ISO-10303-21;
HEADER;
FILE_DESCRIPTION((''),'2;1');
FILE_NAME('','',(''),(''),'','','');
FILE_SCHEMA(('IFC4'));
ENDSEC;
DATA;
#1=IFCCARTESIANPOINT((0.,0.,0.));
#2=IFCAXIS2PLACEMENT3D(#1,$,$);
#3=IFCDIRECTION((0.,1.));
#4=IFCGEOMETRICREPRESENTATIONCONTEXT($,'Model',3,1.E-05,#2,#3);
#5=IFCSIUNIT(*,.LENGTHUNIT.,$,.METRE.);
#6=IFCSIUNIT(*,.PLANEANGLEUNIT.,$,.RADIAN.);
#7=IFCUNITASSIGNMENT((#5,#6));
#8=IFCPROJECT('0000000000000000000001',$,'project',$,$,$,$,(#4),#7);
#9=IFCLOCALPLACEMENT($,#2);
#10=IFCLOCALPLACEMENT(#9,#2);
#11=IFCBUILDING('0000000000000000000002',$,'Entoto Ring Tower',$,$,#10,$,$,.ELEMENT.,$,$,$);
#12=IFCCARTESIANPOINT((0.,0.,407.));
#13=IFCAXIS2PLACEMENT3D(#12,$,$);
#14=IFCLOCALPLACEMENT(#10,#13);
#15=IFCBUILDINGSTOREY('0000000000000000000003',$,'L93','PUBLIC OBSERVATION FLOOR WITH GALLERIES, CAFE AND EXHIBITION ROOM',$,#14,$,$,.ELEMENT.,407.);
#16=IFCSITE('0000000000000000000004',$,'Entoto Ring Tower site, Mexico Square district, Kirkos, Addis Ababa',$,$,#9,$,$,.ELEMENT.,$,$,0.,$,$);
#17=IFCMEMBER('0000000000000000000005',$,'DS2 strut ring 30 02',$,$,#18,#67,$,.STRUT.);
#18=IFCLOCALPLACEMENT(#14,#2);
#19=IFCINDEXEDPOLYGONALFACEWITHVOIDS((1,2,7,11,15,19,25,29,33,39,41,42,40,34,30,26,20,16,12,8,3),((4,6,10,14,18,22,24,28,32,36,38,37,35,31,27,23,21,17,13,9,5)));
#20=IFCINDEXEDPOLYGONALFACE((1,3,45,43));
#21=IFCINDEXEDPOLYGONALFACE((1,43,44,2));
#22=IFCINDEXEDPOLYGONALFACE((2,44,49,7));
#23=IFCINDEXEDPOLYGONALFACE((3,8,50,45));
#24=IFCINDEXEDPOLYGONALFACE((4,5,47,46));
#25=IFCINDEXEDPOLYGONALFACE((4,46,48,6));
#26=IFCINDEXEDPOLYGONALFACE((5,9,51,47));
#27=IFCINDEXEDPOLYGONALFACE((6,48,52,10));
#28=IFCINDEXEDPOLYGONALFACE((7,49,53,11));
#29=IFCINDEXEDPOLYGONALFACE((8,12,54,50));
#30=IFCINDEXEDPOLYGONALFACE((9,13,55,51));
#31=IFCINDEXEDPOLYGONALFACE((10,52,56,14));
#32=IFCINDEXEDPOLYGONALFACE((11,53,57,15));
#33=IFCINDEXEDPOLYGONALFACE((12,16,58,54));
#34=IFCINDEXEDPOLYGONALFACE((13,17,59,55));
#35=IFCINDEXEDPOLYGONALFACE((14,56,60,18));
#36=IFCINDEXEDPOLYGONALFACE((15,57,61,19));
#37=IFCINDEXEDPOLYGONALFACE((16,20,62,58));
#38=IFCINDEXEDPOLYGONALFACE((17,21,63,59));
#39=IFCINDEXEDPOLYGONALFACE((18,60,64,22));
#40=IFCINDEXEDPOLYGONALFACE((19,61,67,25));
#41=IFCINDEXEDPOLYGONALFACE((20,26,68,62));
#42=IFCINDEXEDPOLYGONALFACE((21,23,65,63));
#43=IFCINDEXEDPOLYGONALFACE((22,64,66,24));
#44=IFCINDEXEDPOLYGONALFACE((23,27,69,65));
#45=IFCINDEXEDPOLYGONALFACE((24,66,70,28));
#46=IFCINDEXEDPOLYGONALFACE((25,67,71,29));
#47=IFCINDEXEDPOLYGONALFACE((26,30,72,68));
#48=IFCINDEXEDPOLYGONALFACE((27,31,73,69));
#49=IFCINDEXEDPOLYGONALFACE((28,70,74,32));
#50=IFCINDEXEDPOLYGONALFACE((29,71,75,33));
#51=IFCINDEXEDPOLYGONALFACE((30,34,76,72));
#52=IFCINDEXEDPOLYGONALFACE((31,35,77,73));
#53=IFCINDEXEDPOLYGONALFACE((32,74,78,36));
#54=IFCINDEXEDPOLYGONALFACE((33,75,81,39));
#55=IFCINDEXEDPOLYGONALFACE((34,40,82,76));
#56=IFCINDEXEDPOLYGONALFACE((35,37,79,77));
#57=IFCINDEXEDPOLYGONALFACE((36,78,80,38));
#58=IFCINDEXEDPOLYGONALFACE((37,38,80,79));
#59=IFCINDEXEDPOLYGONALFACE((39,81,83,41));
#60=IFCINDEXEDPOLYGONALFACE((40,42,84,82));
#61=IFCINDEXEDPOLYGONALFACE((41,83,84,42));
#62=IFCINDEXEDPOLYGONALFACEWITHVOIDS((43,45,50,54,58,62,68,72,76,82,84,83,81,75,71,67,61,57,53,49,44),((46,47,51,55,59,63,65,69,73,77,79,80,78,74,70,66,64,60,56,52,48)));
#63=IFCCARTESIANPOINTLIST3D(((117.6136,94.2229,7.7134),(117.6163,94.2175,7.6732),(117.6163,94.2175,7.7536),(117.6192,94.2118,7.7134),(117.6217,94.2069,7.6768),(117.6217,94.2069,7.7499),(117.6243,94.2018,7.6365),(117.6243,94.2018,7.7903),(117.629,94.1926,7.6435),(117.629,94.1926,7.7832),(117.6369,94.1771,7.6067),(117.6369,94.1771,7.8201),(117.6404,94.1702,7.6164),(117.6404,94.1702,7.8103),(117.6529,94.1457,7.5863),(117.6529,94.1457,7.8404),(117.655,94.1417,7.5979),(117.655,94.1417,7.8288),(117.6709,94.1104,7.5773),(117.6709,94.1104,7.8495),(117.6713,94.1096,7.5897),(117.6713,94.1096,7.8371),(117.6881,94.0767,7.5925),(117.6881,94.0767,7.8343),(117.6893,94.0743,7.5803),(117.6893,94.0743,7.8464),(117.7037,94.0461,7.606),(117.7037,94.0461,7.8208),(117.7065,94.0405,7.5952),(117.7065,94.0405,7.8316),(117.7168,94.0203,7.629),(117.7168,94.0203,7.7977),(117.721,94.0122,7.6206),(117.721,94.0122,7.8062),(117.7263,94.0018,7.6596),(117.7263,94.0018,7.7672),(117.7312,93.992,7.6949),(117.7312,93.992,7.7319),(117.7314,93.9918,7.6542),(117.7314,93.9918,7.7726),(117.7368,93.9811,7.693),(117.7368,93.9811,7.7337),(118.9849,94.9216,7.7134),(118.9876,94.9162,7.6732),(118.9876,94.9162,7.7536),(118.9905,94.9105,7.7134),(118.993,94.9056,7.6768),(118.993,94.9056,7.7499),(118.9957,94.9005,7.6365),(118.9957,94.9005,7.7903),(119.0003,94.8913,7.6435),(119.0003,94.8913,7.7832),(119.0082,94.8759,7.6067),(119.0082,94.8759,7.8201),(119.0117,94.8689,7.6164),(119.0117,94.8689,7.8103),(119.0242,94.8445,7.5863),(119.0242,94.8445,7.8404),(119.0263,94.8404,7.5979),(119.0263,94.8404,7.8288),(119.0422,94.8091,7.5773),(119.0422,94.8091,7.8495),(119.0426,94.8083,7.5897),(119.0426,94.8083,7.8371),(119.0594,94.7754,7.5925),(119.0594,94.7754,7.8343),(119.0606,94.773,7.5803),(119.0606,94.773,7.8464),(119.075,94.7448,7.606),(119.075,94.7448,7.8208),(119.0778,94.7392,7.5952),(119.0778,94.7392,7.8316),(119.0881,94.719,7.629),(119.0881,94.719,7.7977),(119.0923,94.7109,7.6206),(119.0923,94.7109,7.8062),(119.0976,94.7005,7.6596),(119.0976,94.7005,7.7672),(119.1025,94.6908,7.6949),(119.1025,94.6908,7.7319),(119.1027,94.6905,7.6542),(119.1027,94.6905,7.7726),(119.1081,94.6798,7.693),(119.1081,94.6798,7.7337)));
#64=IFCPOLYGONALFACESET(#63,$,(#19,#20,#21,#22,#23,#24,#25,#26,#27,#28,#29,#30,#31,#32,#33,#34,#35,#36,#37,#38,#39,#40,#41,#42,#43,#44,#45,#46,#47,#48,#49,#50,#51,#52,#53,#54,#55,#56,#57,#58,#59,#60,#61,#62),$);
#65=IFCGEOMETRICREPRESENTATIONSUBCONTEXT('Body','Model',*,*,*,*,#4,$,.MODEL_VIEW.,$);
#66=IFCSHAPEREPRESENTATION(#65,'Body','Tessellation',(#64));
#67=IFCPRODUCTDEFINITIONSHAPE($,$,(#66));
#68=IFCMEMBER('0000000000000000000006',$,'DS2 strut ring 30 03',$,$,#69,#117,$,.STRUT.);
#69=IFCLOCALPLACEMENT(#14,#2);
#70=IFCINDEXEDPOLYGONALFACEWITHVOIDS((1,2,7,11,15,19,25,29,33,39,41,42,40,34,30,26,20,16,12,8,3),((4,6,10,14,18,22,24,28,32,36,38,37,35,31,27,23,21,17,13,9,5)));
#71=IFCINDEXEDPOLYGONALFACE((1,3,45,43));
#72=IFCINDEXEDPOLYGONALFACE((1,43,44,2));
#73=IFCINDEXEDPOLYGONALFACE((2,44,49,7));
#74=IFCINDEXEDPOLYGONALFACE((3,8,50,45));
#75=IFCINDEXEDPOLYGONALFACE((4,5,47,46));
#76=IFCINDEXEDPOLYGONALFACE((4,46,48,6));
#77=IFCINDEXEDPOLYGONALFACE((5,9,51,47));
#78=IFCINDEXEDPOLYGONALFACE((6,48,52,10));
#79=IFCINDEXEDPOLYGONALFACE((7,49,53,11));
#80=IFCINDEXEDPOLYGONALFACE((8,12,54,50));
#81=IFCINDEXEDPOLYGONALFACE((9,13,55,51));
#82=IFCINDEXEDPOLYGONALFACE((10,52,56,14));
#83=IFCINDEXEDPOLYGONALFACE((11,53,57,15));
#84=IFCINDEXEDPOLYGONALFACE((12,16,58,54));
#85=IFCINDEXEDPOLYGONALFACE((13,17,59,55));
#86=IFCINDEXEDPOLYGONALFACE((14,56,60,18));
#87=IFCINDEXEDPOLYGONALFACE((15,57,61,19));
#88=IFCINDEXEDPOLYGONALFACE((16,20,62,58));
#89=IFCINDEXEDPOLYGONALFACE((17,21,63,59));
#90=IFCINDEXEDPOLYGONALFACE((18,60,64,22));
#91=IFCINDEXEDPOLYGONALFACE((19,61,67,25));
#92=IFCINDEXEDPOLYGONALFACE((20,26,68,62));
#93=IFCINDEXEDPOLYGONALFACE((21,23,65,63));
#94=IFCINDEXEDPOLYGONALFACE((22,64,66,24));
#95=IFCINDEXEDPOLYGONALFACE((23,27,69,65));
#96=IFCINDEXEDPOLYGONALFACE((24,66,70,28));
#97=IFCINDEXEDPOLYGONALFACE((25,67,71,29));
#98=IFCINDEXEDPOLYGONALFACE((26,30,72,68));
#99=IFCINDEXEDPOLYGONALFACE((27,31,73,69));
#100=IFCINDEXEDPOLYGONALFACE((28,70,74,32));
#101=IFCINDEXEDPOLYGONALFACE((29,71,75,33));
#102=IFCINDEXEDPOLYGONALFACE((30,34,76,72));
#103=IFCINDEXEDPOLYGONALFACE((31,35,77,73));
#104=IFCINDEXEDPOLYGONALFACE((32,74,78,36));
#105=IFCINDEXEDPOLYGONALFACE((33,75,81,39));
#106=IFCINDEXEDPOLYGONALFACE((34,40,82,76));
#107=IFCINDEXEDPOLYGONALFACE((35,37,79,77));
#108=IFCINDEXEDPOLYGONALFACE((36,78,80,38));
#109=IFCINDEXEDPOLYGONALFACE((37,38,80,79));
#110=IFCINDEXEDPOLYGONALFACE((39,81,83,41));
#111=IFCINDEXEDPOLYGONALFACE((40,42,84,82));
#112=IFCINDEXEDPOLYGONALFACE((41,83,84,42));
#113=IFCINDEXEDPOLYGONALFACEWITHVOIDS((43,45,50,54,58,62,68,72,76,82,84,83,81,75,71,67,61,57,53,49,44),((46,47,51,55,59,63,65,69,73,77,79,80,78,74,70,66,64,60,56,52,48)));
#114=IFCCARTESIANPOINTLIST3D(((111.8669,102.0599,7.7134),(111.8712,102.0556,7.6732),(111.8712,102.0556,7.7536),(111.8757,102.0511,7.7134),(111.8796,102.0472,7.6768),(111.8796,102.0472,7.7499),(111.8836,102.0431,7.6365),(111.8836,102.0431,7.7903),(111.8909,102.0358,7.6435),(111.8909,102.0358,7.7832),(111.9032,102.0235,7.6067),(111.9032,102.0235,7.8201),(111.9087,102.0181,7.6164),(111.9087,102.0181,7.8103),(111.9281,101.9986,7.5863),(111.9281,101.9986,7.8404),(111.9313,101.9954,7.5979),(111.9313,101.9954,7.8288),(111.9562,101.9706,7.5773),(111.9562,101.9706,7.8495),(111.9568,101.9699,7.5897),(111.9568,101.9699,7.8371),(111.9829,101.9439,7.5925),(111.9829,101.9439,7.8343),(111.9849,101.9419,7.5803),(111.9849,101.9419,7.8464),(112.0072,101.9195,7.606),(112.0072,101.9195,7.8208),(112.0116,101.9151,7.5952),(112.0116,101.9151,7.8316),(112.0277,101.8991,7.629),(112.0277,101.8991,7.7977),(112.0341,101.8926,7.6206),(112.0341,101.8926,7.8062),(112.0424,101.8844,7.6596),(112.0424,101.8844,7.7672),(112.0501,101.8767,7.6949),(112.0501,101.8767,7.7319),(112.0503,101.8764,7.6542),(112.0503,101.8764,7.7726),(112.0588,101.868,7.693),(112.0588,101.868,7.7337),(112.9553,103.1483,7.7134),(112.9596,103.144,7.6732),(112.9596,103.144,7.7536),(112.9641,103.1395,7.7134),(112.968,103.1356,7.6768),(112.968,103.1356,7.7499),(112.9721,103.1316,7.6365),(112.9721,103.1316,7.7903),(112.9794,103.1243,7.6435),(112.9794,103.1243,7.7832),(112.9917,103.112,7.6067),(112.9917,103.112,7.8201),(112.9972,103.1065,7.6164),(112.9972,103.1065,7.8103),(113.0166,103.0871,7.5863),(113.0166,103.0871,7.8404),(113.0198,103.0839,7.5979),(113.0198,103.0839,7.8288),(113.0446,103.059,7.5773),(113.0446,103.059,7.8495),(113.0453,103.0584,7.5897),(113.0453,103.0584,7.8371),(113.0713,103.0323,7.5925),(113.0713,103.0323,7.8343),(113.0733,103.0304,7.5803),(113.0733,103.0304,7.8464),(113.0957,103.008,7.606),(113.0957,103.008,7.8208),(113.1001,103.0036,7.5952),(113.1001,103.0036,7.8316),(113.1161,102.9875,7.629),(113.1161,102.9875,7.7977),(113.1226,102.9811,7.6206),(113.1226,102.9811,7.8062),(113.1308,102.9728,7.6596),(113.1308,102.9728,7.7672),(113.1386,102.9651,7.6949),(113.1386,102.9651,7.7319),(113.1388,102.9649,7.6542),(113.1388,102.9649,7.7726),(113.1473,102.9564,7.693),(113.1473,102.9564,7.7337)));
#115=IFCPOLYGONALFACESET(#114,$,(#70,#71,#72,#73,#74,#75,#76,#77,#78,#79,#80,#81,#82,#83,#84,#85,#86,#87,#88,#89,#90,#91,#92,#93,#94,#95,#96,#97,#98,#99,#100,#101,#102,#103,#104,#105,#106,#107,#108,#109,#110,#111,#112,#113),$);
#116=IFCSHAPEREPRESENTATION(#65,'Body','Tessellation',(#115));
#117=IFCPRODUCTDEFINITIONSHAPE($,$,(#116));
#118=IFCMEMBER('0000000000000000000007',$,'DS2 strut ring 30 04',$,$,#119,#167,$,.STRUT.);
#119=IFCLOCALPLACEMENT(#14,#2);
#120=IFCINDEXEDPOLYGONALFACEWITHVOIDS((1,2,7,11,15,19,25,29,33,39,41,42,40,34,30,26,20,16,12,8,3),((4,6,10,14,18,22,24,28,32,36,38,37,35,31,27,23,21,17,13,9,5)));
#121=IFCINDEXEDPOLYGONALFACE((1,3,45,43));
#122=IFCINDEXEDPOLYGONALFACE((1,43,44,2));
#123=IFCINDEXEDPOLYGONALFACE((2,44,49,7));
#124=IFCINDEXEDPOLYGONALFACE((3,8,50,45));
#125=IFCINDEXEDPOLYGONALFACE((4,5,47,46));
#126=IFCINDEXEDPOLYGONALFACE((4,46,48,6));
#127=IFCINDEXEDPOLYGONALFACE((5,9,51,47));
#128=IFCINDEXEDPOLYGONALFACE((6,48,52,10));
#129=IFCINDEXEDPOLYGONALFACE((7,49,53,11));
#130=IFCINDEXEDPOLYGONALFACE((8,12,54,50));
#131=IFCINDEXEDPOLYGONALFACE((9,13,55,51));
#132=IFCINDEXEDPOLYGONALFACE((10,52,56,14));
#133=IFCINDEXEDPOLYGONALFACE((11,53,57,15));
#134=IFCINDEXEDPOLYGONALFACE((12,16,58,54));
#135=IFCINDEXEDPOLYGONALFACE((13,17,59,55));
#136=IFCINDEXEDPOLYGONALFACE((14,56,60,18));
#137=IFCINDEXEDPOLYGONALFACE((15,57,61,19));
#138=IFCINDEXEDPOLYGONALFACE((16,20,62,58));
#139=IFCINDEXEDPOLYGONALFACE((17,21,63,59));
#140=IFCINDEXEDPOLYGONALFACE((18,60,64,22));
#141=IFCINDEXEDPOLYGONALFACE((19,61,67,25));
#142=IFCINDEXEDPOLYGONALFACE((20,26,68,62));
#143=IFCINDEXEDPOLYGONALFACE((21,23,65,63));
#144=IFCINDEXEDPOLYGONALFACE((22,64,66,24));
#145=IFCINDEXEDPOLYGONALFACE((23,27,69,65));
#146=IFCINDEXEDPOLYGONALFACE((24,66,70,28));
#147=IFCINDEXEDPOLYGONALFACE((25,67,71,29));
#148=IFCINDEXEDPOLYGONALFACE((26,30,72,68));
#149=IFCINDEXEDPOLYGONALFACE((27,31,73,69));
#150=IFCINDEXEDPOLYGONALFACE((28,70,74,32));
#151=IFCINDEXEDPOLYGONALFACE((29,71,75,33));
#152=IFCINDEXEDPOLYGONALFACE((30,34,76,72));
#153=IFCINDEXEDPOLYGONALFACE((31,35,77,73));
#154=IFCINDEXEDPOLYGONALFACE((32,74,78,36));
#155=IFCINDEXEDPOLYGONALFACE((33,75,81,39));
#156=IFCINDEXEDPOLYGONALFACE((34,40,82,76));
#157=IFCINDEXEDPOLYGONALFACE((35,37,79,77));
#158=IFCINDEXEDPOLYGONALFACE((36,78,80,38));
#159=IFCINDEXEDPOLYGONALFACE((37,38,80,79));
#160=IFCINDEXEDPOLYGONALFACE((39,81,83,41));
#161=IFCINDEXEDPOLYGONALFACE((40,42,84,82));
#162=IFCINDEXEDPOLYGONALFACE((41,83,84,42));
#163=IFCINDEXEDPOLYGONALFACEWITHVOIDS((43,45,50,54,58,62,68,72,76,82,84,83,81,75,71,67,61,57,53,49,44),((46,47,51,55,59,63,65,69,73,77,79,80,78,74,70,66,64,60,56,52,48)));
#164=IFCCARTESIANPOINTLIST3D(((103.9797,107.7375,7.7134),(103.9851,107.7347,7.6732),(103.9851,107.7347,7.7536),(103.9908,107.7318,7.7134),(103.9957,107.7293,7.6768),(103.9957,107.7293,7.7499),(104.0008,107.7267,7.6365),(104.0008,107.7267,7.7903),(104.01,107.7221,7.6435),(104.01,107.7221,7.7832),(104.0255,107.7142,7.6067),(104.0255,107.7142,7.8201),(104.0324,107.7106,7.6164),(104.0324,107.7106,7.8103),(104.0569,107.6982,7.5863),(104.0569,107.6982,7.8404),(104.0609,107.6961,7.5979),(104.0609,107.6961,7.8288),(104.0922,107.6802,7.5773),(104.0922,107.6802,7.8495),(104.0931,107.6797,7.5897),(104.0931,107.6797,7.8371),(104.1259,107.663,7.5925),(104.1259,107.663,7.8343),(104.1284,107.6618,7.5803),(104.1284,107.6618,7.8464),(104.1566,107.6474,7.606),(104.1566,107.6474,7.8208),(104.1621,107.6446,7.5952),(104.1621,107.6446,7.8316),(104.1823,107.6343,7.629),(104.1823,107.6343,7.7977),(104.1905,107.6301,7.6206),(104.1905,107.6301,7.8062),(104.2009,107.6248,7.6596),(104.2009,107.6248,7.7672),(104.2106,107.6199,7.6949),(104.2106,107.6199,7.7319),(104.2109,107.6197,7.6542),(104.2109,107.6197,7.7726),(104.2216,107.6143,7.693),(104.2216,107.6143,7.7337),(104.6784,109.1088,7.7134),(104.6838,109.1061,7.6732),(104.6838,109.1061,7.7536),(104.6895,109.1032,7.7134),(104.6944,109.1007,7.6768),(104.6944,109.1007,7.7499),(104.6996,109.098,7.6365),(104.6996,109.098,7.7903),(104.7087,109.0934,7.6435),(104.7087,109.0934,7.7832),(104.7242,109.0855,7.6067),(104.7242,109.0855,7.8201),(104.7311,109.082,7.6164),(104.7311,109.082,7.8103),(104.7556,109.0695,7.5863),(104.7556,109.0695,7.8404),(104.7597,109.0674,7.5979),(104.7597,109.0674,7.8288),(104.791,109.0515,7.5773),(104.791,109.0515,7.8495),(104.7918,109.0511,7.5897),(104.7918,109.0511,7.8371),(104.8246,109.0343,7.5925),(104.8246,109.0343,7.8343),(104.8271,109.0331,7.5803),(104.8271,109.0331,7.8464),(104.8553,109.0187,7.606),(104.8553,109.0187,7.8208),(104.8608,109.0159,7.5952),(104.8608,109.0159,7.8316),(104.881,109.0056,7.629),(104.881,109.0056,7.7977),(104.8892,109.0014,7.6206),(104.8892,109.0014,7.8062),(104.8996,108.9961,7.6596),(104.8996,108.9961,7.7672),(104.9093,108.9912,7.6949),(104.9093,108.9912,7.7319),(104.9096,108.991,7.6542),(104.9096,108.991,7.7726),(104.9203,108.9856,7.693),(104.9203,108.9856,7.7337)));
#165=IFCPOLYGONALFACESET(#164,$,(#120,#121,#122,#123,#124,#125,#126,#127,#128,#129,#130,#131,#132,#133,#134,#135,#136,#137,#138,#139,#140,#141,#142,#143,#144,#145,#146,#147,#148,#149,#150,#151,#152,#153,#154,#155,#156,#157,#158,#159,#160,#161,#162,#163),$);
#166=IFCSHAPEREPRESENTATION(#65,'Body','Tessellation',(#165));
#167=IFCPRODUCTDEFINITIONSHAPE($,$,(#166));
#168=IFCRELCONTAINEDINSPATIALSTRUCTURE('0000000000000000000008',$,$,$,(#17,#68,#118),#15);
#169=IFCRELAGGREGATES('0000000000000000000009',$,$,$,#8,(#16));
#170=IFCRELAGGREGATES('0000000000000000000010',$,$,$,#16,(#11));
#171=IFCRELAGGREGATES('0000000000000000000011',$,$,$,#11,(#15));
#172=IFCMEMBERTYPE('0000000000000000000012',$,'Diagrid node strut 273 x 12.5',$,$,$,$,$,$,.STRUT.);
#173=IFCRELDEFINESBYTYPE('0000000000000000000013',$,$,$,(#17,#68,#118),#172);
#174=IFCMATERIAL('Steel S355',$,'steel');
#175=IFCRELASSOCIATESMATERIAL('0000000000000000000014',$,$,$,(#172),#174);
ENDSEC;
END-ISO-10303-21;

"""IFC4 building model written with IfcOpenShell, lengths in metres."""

from ifc_helpers import new_model, si_unit, direction, frame, origin, origin_2d, place, context, subcontext, project, spatial, circle, hollow_circle, extrude, material, material_profile, profile_set, type_object, element, save


model = new_model("IFC4")

# Units and contexts
model_context = context("Model", 3, precision=1e-05, world=origin(), true_north=direction((0.0, 1.0)))
body_context = subcontext(model_context, "Body", "Model", "MODEL_VIEW")
ifc_project = project(units=[si_unit("LENGTHUNIT", "METRE"), si_unit("PLANEANGLEUNIT", "RADIAN")], contexts=[model_context])

# Site, building, storey
site_placement = place(None, origin())
site = spatial("IfcSite", under=ifc_project, at=site_placement, Name="Entoto Ring Tower site, Mexico Square district, Kirkos, Addis Ababa", CompositionType="ELEMENT", RefElevation=0.0)
building_placement = place(site_placement, origin())
building = spatial("IfcBuilding", under=site, at=building_placement, Name="Entoto Ring Tower", CompositionType="ELEMENT")
storey_placement = place(building_placement, frame((0.0, 0.0, 407.0)))
storey = spatial("IfcBuildingStorey", under=building, at=storey_placement, Name="L93", Description="PUBLIC OBSERVATION FLOOR WITH GALLERIES, CAFE AND EXHIBITION ROOM", CompositionType="ELEMENT", Elevation=407.0)

# Members
ifc_material_1 = material(Name="Steel S355", Category="steel")
ifc_material_profile_1 = material_profile(ifc_material_1, hollow_circle(Radius=0.1365, WallThickness=0.0125, at=origin_2d()), Name="CHS 273 x 12.5")
ifc_material_2 = material(Name="Concrete C60/75", Category="concrete")
ifc_material_profile_2 = material_profile(ifc_material_2, circle(Radius=0.124, at=origin_2d()), Name="Concrete C60/75 infill")
ifc_profile_set_1 = profile_set([ifc_material_profile_1, ifc_material_profile_2], Name="Steel S355")
member_type = type_object("IfcMemberType", Name="Diagrid node strut 273 x 12.5", PredefinedType="STRUT", material=ifc_profile_set_1)
member_1_placement = place(storey_placement, frame((117.6755, 94.1013, 7.7134), z_axis=(0.891007, 0.45399, 0.0), x_axis=(-0.45399, 0.891007, 0.0)))
element("IfcMember", 1, at=member_1_placement, inside=storey, type_object=member_type, Name="DS2 strut ring 30 02", PredefinedType="STRUT", context=body_context, shape_type="SweptSolid", body=[
    extrude(hollow_circle(Radius=0.1365, WallThickness=0.0125, at=origin_2d()), origin(), (0.0, 0.0, 1.0), 1.5391),
])
member_2_placement = place(storey_placement, frame((111.9634, 101.9634, 7.7134), z_axis=(0.707107, 0.707107, 0.0), x_axis=(-0.707107, 0.707107, 0.0)))
element("IfcMember", 2, at=member_2_placement, inside=storey, type_object=member_type, Name="DS2 strut ring 30 03", PredefinedType="STRUT", context=body_context, shape_type="SweptSolid", body=[
    extrude(hollow_circle(Radius=0.1365, WallThickness=0.0125, at=origin_2d()), origin(), (0.0, 0.0, 1.0), 1.5393),
])
member_3_placement = place(storey_placement, frame((104.1013, 107.6755, 7.7134), z_axis=(0.45399, 0.891007, 0.0), x_axis=(-0.891007, 0.45399, 0.0)))
element("IfcMember", 3, at=member_3_placement, inside=storey, type_object=member_type, Name="DS2 strut ring 30 04", PredefinedType="STRUT", context=body_context, shape_type="SweptSolid", body=[
    extrude(hollow_circle(Radius=0.1365, WallThickness=0.0125, at=origin_2d()), origin(), (0.0, 0.0, 1.0), 1.5391),
])

save(model, "model.ifc")
